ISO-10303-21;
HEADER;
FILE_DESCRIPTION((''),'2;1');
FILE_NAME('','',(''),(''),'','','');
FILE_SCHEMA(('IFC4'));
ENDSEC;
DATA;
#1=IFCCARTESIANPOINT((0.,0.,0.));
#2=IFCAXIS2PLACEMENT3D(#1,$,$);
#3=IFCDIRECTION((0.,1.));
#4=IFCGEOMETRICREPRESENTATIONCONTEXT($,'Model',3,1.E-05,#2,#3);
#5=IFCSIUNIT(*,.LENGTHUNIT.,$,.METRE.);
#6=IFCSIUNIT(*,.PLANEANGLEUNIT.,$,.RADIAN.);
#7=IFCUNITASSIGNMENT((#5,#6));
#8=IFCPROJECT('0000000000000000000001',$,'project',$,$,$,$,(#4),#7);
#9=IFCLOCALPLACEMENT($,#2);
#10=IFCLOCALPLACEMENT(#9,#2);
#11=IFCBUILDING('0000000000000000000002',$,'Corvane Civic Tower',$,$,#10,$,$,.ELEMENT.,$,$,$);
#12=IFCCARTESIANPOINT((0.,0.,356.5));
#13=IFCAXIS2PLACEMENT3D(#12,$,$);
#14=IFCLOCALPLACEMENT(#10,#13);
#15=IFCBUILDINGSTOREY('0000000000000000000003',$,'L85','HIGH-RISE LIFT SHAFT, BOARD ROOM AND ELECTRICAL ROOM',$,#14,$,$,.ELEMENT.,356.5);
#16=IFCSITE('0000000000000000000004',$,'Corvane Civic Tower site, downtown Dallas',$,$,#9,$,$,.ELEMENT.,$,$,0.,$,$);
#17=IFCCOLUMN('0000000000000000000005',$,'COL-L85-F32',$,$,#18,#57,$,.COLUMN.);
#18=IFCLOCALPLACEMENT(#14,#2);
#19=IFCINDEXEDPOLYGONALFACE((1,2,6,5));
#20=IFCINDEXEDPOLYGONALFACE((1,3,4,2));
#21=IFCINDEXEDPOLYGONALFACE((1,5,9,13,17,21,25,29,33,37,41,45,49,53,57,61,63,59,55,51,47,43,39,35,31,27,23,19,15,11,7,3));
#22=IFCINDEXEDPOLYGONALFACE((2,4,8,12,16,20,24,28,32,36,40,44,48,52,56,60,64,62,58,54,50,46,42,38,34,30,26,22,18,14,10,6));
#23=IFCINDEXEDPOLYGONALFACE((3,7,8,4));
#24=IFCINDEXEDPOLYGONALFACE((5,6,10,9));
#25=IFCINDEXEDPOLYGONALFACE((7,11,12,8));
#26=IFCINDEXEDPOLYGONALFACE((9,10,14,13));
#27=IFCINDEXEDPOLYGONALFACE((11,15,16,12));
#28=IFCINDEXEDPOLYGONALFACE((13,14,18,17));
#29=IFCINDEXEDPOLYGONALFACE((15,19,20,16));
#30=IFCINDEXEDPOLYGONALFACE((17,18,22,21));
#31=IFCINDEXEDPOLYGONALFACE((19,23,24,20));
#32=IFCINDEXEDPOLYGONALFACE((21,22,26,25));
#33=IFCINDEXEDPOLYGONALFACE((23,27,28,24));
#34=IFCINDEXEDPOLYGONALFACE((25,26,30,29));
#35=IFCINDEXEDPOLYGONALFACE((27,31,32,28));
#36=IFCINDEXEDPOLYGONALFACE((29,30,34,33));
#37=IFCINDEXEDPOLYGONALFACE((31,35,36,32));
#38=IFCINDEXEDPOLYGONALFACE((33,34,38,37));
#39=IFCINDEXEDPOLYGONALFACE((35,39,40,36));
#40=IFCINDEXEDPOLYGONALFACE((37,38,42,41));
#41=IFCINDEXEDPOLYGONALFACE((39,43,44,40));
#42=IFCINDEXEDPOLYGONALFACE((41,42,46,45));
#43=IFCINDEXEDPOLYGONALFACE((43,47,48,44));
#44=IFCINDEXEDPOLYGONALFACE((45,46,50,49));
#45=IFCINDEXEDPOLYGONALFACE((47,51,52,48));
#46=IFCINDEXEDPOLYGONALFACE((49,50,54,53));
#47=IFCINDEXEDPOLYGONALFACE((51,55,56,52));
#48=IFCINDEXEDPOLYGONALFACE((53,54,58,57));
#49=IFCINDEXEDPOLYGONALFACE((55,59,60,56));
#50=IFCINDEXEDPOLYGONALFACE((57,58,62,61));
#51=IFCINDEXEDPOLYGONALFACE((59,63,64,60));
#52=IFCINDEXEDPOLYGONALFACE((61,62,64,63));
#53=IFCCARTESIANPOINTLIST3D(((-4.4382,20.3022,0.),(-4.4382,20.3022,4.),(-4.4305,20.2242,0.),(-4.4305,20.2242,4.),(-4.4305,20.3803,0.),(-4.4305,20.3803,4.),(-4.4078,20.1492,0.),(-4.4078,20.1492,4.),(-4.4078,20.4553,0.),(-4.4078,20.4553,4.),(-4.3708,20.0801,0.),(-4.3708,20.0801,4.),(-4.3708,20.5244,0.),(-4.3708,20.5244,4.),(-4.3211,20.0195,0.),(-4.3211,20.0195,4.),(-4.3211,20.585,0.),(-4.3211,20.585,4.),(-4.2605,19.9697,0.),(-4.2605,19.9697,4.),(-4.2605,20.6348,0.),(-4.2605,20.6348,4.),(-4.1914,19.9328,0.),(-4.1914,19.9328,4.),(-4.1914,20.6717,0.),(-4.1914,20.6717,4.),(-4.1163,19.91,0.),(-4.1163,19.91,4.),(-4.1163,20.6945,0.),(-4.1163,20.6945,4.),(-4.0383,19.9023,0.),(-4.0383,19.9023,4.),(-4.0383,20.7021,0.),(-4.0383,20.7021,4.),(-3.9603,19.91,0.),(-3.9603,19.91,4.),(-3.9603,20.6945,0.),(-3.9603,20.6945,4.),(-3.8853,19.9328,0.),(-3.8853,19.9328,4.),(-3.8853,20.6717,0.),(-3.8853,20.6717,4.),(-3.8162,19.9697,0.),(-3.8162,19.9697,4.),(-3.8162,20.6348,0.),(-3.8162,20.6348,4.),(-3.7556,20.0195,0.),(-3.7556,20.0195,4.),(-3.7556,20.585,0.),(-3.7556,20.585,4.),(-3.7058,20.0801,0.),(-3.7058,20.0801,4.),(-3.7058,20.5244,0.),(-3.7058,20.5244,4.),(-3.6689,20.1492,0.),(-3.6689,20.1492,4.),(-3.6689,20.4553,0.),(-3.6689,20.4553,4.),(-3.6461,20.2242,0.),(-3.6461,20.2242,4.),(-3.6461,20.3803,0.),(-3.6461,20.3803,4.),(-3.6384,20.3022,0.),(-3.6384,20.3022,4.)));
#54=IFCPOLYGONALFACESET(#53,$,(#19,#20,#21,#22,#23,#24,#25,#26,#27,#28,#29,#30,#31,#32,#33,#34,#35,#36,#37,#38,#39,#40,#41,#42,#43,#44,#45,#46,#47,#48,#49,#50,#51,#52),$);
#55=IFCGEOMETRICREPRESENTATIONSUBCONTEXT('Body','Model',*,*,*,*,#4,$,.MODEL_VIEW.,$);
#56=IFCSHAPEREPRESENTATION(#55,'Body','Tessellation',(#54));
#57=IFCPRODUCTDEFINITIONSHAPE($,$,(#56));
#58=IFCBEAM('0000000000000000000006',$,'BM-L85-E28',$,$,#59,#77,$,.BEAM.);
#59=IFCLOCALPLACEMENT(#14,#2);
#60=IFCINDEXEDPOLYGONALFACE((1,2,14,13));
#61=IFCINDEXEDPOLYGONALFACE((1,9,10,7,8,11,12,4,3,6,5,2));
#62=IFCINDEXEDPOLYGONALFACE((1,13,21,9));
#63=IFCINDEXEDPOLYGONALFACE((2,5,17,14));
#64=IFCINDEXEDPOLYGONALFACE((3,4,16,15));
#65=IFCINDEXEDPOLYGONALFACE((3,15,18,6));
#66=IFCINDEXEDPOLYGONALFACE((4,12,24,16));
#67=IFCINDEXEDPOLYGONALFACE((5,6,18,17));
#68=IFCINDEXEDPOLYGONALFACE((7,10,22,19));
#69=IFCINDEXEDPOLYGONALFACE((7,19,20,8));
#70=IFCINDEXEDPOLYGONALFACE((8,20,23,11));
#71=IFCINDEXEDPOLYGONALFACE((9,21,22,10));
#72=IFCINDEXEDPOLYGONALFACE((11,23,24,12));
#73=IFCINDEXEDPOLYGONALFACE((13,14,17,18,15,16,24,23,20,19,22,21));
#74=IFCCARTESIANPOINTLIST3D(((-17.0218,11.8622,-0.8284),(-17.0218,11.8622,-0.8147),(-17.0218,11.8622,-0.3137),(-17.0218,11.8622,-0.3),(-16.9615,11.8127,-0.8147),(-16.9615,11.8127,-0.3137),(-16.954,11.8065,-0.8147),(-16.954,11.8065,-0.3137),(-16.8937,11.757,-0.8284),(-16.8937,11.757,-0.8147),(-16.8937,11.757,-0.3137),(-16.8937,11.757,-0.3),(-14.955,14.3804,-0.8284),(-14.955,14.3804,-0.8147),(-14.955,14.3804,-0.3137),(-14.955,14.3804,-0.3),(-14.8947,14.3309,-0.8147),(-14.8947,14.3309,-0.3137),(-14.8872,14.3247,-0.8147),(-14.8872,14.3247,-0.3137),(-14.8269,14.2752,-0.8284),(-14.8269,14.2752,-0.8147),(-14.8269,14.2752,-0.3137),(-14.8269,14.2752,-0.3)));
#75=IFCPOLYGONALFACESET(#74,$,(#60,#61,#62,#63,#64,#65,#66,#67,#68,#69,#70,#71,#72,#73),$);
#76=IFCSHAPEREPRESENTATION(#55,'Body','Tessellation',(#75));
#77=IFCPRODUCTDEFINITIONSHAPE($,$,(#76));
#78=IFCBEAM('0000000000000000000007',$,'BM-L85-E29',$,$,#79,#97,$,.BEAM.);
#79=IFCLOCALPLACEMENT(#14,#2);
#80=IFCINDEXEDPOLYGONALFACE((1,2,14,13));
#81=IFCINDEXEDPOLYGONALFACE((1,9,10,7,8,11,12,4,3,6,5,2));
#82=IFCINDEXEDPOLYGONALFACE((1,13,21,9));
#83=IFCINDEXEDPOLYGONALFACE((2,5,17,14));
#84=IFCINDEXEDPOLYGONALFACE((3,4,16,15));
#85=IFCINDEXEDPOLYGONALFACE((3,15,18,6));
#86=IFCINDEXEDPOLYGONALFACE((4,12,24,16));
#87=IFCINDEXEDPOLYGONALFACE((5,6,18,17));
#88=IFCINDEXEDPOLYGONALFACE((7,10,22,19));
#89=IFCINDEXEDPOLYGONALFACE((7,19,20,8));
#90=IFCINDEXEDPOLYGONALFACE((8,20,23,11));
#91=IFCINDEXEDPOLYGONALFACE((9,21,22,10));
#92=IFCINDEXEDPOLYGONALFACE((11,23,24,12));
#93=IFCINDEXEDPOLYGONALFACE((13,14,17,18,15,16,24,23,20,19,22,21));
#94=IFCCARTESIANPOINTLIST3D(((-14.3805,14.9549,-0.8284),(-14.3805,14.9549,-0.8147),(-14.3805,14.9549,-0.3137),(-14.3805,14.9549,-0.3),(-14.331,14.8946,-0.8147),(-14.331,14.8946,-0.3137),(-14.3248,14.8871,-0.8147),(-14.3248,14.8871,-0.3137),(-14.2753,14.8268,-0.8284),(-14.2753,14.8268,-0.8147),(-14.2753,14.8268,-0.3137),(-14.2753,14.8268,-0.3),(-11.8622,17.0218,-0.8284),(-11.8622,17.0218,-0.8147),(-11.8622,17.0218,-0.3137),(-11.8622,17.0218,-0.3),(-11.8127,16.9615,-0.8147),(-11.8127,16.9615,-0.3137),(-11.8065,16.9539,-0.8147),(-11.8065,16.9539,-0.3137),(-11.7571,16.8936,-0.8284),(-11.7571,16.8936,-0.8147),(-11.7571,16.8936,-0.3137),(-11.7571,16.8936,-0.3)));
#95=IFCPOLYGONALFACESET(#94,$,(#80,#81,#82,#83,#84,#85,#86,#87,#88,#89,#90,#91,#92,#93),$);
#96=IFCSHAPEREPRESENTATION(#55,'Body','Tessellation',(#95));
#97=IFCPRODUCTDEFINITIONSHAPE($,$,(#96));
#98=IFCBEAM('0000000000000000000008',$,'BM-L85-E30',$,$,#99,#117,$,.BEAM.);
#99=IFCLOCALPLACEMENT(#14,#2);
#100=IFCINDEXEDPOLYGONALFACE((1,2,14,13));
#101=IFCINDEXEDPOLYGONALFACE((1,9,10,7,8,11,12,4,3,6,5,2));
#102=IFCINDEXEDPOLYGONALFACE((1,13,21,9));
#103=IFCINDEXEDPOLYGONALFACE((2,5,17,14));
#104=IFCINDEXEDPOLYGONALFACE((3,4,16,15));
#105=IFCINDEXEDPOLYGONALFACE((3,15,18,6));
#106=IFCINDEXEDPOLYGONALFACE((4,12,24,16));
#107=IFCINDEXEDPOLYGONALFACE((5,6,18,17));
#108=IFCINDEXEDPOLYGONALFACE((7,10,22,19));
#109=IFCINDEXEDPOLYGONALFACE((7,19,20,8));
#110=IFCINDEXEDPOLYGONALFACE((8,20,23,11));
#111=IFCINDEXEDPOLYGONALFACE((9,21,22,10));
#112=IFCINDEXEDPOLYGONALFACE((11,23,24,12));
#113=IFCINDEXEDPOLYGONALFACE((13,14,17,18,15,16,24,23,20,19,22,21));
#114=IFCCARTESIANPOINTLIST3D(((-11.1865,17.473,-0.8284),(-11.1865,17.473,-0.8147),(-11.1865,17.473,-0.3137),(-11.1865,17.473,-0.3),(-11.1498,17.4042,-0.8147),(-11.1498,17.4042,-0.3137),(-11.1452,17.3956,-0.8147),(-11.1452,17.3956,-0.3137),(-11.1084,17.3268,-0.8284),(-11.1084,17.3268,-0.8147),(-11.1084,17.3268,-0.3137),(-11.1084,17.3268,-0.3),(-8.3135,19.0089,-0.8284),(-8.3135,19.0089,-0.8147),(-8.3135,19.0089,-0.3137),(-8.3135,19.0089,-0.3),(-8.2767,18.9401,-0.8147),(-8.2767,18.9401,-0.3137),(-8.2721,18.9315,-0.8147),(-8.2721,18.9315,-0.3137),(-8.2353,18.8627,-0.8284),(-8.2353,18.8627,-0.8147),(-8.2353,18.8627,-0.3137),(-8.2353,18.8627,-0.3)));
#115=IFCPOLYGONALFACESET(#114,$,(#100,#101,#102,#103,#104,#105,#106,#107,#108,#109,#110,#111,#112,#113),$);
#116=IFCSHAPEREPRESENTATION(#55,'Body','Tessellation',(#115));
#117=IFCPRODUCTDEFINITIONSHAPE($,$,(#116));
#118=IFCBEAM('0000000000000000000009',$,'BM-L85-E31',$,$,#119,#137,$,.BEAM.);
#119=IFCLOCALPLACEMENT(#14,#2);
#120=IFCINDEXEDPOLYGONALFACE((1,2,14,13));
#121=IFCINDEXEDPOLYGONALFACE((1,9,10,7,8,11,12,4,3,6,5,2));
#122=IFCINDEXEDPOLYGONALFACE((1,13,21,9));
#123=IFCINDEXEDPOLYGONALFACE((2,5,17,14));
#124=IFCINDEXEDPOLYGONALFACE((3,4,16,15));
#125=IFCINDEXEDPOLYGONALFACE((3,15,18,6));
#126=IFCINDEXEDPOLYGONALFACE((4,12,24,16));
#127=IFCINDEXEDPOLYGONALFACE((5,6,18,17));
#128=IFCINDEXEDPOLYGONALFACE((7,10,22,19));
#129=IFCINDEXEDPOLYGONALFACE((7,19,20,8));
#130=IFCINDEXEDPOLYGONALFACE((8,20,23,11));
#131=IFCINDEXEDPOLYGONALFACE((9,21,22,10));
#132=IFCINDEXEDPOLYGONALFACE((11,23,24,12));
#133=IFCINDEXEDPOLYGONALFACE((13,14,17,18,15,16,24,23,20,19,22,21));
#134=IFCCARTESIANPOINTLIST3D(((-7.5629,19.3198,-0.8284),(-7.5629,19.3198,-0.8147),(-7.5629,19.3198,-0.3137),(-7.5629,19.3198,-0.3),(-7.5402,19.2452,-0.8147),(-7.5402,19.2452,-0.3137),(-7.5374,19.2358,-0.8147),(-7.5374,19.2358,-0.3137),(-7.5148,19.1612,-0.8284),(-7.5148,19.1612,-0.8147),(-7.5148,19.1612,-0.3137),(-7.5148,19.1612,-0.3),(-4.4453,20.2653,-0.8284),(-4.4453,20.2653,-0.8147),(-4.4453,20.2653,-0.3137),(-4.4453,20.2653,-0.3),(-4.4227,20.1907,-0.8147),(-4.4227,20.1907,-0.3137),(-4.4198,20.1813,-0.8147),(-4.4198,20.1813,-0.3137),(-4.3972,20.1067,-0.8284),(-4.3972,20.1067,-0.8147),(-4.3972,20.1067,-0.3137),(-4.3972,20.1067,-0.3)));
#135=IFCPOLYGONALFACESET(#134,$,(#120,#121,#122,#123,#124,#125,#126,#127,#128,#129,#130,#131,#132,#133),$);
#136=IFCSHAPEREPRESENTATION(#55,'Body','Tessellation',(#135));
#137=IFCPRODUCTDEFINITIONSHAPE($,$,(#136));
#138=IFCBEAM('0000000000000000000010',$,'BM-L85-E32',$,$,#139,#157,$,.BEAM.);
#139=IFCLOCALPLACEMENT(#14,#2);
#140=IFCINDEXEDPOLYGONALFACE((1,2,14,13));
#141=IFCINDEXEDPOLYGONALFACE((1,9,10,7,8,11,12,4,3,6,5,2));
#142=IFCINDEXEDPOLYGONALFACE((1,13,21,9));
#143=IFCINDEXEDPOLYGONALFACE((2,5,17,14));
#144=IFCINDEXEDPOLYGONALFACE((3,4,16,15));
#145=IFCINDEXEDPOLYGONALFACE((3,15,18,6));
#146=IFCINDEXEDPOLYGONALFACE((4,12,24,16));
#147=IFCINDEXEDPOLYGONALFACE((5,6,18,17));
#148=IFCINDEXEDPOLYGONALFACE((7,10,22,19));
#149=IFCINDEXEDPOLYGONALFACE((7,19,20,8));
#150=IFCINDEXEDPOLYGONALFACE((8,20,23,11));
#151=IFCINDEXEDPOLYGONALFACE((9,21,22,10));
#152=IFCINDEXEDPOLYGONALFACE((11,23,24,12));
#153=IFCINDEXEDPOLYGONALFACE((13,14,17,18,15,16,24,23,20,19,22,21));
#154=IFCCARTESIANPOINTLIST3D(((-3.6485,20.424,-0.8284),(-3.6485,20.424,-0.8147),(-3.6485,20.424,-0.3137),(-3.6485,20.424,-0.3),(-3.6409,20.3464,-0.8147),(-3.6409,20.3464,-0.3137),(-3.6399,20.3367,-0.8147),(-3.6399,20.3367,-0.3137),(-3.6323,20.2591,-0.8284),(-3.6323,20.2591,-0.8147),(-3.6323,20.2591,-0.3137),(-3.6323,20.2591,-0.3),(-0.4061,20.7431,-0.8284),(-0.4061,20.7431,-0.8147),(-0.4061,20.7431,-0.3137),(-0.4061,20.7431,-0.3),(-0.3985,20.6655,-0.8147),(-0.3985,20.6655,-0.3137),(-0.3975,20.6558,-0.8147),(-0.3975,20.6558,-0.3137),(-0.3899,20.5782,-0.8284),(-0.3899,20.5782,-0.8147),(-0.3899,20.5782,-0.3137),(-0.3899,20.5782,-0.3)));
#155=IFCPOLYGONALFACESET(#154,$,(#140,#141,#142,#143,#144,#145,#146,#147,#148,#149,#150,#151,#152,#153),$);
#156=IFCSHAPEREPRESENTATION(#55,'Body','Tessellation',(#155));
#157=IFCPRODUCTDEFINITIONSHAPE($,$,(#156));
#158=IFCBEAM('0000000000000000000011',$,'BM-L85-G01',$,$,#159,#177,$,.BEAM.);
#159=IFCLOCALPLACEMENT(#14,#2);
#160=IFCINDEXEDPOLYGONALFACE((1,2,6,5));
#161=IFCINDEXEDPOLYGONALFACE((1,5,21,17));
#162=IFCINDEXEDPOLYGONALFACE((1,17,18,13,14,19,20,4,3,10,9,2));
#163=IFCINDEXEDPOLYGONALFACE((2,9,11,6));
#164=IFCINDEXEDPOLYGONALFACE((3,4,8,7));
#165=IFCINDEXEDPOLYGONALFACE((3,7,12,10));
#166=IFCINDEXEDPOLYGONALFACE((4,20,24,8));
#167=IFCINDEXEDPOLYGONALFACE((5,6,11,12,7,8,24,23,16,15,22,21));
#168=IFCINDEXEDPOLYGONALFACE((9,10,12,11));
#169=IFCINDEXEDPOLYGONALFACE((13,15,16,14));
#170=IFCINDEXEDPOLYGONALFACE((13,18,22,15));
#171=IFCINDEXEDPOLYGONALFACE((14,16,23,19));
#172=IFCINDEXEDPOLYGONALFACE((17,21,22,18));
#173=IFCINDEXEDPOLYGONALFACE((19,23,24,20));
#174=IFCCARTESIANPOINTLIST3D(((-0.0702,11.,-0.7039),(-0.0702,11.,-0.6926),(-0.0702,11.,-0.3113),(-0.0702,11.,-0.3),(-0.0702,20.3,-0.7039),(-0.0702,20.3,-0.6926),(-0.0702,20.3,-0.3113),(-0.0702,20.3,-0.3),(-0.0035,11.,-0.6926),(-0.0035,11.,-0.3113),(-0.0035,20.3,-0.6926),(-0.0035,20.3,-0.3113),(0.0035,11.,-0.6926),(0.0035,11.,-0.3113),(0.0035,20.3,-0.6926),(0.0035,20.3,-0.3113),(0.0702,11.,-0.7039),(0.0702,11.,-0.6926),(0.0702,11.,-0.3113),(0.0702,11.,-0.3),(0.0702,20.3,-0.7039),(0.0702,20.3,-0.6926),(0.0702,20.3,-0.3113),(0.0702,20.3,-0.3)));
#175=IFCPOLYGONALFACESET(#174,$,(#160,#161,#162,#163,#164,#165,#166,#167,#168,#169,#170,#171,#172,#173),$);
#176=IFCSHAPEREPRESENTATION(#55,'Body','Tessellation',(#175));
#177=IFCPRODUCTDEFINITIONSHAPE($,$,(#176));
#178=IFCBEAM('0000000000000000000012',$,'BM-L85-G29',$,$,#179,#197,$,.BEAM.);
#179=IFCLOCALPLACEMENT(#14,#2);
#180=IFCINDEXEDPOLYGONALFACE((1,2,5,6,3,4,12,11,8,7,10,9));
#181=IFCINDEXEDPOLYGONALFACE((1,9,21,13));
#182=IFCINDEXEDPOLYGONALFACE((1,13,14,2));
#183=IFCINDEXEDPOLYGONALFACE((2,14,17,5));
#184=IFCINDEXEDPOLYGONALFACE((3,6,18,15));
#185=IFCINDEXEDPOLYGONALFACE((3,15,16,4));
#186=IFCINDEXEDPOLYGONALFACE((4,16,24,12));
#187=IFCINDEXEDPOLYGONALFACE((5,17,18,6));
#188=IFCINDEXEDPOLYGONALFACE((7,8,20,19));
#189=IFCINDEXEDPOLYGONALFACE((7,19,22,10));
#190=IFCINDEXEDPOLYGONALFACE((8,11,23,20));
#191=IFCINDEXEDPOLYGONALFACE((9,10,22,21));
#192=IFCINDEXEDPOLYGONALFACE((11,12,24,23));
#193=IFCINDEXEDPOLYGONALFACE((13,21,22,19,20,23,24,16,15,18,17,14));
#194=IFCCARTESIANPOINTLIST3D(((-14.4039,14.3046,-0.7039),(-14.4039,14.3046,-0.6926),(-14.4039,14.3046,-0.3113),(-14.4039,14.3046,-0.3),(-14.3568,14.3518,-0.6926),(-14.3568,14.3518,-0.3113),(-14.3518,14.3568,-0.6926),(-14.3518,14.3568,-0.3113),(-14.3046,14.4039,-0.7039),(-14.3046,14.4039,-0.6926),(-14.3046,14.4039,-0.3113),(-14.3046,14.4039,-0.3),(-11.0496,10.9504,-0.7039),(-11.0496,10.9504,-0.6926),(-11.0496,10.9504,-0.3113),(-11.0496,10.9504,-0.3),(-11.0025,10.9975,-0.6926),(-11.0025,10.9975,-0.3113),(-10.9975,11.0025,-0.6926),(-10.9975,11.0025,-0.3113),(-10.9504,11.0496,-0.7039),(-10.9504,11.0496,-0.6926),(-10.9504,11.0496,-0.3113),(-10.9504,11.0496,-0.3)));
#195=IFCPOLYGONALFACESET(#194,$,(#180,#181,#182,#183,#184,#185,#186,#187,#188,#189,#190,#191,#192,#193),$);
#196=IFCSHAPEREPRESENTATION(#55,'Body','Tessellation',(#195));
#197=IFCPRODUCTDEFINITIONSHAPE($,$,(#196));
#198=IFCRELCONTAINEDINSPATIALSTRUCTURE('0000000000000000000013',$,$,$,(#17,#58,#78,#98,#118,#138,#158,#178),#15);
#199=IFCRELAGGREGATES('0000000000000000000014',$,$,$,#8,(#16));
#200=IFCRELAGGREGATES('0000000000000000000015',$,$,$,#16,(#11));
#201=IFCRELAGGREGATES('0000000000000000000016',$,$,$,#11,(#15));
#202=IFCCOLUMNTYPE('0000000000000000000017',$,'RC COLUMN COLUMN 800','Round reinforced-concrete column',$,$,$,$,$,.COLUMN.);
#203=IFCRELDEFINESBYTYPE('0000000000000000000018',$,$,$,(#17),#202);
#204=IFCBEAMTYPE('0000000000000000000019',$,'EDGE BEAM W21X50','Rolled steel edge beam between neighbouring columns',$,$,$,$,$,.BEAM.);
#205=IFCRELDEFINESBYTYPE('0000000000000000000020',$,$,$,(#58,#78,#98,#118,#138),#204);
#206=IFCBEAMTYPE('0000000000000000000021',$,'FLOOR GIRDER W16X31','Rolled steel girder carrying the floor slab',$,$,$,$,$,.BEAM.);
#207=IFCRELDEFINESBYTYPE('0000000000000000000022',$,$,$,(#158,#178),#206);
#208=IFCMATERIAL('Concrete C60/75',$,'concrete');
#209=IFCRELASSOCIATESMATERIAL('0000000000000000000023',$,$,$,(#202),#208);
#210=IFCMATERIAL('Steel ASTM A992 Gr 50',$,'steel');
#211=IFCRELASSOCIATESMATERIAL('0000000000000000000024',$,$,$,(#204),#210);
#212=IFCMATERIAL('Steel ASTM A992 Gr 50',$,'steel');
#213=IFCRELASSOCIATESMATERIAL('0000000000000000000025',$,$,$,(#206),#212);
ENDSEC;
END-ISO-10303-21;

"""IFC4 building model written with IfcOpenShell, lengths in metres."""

from ifc_helpers import new_model, si_unit, direction, frame, origin, origin_2d, place, context, subcontext, project, spatial, circle, i_section, extrude, material, material_profile, profile_set, type_object, element, save


model = new_model("IFC4")

# Units and contexts
model_context = context("Model", 3, precision=1e-05, world=origin(), true_north=direction((0.0, 1.0)))
body_context = subcontext(model_context, "Body", "Model", "MODEL_VIEW")
ifc_project = project(units=[si_unit("LENGTHUNIT", "METRE"), si_unit("PLANEANGLEUNIT", "RADIAN")], contexts=[model_context])

# Site, building, storey
site_placement = place(None, origin())
site = spatial("IfcSite", under=ifc_project, at=site_placement, Name="Corvane Civic Tower site, downtown Dallas", CompositionType="ELEMENT", RefElevation=0.0)
building_placement = place(site_placement, origin())
building = spatial("IfcBuilding", under=site, at=building_placement, Name="Corvane Civic Tower", CompositionType="ELEMENT")
storey_placement = place(building_placement, frame((0.0, 0.0, 356.5)))
storey = spatial("IfcBuildingStorey", under=building, at=storey_placement, Name="L85", Description="HIGH-RISE LIFT SHAFT, BOARD ROOM AND ELECTRICAL ROOM", CompositionType="ELEMENT", Elevation=356.5)

# Column
ifc_material_1 = material(Name="Concrete C60/75", Category="concrete")
ifc_material_profile_1 = material_profile(ifc_material_1, circle(Radius=0.3999, at=origin_2d()), Name="COLUMN 800")
ifc_profile_set_1 = profile_set([ifc_material_profile_1], Name="Concrete C60/75")
column_type = type_object("IfcColumnType", Name="RC COLUMN COLUMN 800", Description="Round reinforced-concrete column", PredefinedType="COLUMN", material=ifc_profile_set_1)
for number, where, z_axis, x_axis, name in (
    (1, (-4.0383, 20.3022, 0.0), (0.0, 0.0, 1.0), (1.0, 0.0, 0.0), "COL-L85-F32"),
):
    element("IfcColumn", number, at=place(storey_placement, frame(where, z_axis=z_axis, x_axis=x_axis)), inside=storey, type_object=column_type, Name=name, PredefinedType="COLUMN", context=body_context, shape_type="SweptSolid", body=[
        extrude(circle(Radius=0.3999, at=origin_2d()), origin(), (0.0, 0.0, 1.0), 4.0),
    ])

# Beams
ifc_material_2 = material(Name="Steel ASTM A992 Gr 50", Category="steel")
ifc_material_profile_2 = material_profile(ifc_material_2, i_section(OverallWidth=0.1658, OverallDepth=0.5283, WebThickness=0.0098, FlangeThickness=0.0137, at=origin_2d()), Name="W21X50")
ifc_profile_set_2 = profile_set([ifc_material_profile_2], Name="Steel ASTM A992 Gr 50")
beam_type_1 = type_object("IfcBeamType", Name="EDGE BEAM W21X50", Description="Rolled steel edge beam between neighbouring columns", PredefinedType="BEAM", material=ifc_profile_set_2)
for number, where, z_axis, x_axis, name in (
    (2, (-16.9578, 11.8096, -0.5642), (0.634425, 0.772985, 0.0), (-0.772985, 0.634425, 0.0), "BM-L85-E28"),
    (3, (-14.3279, 14.8909, -0.5642), (0.772985, 0.634425, 0.0), (-0.634425, 0.772985, 0.0), "BM-L85-E29"),
    (4, (-11.1475, 17.3999, -0.5642), (0.881894, 0.471448, 0.0), (-0.471448, 0.881894, 0.0), "BM-L85-E30"),
    (5, (-7.5388, 19.2405, -0.5642), (0.956956, 0.290234, 0.0), (-0.290234, 0.956956, 0.0), "BM-L85-E31"),
):
    element("IfcBeam", number, at=place(storey_placement, frame(where, z_axis=z_axis, x_axis=x_axis)), inside=storey, type_object=beam_type_1, Name=name, PredefinedType="BEAM", context=body_context, shape_type="SweptSolid", body=[
        extrude(i_section(OverallWidth=0.1658, OverallDepth=0.5283, WebThickness=0.0098, FlangeThickness=0.0137, at=origin_2d()), origin(), (0.0, 0.0, 1.0), 3.2578),
    ])
beam_1_placement = place(storey_placement, frame((-3.6404, 20.3416, -0.5642), z_axis=(0.995193, 0.097938, 0.0), x_axis=(-0.097938, 0.995193, 0.0)))
element("IfcBeam", 6, at=beam_1_placement, inside=storey, type_object=beam_type_1, Name="BM-L85-E32", PredefinedType="BEAM", context=body_context, shape_type="SweptSolid", body=[
    extrude(i_section(OverallWidth=0.1658, OverallDepth=0.5283, WebThickness=0.0098, FlangeThickness=0.0137, at=origin_2d()), origin(), (0.0, 0.0, 1.0), 3.2581),
])
ifc_material_3 = material(Name="Steel ASTM A992 Gr 50", Category="steel")
ifc_material_profile_3 = material_profile(ifc_material_3, i_section(OverallWidth=0.1404, OverallDepth=0.4038, WebThickness=0.0071, FlangeThickness=0.0112, at=origin_2d()), Name="W16X31")
ifc_profile_set_3 = profile_set([ifc_material_profile_3], Name="Steel ASTM A992 Gr 50")
beam_type_2 = type_object("IfcBeamType", Name="FLOOR GIRDER W16X31", Description="Rolled steel girder carrying the floor slab", PredefinedType="BEAM", material=ifc_profile_set_3)
beam_2_placement = place(storey_placement, frame((0.0, 11.0, -0.502), z_axis=(0.0, 1.0, 0.0), x_axis=(-1.0, 0.0, 0.0)))
element("IfcBeam", 7, at=beam_2_placement, inside=storey, type_object=beam_type_2, Name="BM-L85-G01", PredefinedType="BEAM", context=body_context, shape_type="SweptSolid", body=[
    extrude(i_section(OverallWidth=0.1404, OverallDepth=0.4038, WebThickness=0.0071, FlangeThickness=0.0112, at=origin_2d()), origin(), (0.0, 0.0, 1.0), 9.3),
])
beam_3_placement = place(storey_placement, frame((-11.0, 11.0, -0.502), z_axis=(-0.707107, 0.707107, 0.0), x_axis=(-0.707107, -0.707107, 0.0)))
element("IfcBeam", 8, at=beam_3_placement, inside=storey, type_object=beam_type_2, Name="BM-L85-G29", PredefinedType="BEAM", context=body_context, shape_type="SweptSolid", body=[
    extrude(i_section(OverallWidth=0.1404, OverallDepth=0.4038, WebThickness=0.0071, FlangeThickness=0.0112, at=origin_2d()), origin(), (0.0, 0.0, 1.0), 4.7437),
])

save(model, "model.ifc")
